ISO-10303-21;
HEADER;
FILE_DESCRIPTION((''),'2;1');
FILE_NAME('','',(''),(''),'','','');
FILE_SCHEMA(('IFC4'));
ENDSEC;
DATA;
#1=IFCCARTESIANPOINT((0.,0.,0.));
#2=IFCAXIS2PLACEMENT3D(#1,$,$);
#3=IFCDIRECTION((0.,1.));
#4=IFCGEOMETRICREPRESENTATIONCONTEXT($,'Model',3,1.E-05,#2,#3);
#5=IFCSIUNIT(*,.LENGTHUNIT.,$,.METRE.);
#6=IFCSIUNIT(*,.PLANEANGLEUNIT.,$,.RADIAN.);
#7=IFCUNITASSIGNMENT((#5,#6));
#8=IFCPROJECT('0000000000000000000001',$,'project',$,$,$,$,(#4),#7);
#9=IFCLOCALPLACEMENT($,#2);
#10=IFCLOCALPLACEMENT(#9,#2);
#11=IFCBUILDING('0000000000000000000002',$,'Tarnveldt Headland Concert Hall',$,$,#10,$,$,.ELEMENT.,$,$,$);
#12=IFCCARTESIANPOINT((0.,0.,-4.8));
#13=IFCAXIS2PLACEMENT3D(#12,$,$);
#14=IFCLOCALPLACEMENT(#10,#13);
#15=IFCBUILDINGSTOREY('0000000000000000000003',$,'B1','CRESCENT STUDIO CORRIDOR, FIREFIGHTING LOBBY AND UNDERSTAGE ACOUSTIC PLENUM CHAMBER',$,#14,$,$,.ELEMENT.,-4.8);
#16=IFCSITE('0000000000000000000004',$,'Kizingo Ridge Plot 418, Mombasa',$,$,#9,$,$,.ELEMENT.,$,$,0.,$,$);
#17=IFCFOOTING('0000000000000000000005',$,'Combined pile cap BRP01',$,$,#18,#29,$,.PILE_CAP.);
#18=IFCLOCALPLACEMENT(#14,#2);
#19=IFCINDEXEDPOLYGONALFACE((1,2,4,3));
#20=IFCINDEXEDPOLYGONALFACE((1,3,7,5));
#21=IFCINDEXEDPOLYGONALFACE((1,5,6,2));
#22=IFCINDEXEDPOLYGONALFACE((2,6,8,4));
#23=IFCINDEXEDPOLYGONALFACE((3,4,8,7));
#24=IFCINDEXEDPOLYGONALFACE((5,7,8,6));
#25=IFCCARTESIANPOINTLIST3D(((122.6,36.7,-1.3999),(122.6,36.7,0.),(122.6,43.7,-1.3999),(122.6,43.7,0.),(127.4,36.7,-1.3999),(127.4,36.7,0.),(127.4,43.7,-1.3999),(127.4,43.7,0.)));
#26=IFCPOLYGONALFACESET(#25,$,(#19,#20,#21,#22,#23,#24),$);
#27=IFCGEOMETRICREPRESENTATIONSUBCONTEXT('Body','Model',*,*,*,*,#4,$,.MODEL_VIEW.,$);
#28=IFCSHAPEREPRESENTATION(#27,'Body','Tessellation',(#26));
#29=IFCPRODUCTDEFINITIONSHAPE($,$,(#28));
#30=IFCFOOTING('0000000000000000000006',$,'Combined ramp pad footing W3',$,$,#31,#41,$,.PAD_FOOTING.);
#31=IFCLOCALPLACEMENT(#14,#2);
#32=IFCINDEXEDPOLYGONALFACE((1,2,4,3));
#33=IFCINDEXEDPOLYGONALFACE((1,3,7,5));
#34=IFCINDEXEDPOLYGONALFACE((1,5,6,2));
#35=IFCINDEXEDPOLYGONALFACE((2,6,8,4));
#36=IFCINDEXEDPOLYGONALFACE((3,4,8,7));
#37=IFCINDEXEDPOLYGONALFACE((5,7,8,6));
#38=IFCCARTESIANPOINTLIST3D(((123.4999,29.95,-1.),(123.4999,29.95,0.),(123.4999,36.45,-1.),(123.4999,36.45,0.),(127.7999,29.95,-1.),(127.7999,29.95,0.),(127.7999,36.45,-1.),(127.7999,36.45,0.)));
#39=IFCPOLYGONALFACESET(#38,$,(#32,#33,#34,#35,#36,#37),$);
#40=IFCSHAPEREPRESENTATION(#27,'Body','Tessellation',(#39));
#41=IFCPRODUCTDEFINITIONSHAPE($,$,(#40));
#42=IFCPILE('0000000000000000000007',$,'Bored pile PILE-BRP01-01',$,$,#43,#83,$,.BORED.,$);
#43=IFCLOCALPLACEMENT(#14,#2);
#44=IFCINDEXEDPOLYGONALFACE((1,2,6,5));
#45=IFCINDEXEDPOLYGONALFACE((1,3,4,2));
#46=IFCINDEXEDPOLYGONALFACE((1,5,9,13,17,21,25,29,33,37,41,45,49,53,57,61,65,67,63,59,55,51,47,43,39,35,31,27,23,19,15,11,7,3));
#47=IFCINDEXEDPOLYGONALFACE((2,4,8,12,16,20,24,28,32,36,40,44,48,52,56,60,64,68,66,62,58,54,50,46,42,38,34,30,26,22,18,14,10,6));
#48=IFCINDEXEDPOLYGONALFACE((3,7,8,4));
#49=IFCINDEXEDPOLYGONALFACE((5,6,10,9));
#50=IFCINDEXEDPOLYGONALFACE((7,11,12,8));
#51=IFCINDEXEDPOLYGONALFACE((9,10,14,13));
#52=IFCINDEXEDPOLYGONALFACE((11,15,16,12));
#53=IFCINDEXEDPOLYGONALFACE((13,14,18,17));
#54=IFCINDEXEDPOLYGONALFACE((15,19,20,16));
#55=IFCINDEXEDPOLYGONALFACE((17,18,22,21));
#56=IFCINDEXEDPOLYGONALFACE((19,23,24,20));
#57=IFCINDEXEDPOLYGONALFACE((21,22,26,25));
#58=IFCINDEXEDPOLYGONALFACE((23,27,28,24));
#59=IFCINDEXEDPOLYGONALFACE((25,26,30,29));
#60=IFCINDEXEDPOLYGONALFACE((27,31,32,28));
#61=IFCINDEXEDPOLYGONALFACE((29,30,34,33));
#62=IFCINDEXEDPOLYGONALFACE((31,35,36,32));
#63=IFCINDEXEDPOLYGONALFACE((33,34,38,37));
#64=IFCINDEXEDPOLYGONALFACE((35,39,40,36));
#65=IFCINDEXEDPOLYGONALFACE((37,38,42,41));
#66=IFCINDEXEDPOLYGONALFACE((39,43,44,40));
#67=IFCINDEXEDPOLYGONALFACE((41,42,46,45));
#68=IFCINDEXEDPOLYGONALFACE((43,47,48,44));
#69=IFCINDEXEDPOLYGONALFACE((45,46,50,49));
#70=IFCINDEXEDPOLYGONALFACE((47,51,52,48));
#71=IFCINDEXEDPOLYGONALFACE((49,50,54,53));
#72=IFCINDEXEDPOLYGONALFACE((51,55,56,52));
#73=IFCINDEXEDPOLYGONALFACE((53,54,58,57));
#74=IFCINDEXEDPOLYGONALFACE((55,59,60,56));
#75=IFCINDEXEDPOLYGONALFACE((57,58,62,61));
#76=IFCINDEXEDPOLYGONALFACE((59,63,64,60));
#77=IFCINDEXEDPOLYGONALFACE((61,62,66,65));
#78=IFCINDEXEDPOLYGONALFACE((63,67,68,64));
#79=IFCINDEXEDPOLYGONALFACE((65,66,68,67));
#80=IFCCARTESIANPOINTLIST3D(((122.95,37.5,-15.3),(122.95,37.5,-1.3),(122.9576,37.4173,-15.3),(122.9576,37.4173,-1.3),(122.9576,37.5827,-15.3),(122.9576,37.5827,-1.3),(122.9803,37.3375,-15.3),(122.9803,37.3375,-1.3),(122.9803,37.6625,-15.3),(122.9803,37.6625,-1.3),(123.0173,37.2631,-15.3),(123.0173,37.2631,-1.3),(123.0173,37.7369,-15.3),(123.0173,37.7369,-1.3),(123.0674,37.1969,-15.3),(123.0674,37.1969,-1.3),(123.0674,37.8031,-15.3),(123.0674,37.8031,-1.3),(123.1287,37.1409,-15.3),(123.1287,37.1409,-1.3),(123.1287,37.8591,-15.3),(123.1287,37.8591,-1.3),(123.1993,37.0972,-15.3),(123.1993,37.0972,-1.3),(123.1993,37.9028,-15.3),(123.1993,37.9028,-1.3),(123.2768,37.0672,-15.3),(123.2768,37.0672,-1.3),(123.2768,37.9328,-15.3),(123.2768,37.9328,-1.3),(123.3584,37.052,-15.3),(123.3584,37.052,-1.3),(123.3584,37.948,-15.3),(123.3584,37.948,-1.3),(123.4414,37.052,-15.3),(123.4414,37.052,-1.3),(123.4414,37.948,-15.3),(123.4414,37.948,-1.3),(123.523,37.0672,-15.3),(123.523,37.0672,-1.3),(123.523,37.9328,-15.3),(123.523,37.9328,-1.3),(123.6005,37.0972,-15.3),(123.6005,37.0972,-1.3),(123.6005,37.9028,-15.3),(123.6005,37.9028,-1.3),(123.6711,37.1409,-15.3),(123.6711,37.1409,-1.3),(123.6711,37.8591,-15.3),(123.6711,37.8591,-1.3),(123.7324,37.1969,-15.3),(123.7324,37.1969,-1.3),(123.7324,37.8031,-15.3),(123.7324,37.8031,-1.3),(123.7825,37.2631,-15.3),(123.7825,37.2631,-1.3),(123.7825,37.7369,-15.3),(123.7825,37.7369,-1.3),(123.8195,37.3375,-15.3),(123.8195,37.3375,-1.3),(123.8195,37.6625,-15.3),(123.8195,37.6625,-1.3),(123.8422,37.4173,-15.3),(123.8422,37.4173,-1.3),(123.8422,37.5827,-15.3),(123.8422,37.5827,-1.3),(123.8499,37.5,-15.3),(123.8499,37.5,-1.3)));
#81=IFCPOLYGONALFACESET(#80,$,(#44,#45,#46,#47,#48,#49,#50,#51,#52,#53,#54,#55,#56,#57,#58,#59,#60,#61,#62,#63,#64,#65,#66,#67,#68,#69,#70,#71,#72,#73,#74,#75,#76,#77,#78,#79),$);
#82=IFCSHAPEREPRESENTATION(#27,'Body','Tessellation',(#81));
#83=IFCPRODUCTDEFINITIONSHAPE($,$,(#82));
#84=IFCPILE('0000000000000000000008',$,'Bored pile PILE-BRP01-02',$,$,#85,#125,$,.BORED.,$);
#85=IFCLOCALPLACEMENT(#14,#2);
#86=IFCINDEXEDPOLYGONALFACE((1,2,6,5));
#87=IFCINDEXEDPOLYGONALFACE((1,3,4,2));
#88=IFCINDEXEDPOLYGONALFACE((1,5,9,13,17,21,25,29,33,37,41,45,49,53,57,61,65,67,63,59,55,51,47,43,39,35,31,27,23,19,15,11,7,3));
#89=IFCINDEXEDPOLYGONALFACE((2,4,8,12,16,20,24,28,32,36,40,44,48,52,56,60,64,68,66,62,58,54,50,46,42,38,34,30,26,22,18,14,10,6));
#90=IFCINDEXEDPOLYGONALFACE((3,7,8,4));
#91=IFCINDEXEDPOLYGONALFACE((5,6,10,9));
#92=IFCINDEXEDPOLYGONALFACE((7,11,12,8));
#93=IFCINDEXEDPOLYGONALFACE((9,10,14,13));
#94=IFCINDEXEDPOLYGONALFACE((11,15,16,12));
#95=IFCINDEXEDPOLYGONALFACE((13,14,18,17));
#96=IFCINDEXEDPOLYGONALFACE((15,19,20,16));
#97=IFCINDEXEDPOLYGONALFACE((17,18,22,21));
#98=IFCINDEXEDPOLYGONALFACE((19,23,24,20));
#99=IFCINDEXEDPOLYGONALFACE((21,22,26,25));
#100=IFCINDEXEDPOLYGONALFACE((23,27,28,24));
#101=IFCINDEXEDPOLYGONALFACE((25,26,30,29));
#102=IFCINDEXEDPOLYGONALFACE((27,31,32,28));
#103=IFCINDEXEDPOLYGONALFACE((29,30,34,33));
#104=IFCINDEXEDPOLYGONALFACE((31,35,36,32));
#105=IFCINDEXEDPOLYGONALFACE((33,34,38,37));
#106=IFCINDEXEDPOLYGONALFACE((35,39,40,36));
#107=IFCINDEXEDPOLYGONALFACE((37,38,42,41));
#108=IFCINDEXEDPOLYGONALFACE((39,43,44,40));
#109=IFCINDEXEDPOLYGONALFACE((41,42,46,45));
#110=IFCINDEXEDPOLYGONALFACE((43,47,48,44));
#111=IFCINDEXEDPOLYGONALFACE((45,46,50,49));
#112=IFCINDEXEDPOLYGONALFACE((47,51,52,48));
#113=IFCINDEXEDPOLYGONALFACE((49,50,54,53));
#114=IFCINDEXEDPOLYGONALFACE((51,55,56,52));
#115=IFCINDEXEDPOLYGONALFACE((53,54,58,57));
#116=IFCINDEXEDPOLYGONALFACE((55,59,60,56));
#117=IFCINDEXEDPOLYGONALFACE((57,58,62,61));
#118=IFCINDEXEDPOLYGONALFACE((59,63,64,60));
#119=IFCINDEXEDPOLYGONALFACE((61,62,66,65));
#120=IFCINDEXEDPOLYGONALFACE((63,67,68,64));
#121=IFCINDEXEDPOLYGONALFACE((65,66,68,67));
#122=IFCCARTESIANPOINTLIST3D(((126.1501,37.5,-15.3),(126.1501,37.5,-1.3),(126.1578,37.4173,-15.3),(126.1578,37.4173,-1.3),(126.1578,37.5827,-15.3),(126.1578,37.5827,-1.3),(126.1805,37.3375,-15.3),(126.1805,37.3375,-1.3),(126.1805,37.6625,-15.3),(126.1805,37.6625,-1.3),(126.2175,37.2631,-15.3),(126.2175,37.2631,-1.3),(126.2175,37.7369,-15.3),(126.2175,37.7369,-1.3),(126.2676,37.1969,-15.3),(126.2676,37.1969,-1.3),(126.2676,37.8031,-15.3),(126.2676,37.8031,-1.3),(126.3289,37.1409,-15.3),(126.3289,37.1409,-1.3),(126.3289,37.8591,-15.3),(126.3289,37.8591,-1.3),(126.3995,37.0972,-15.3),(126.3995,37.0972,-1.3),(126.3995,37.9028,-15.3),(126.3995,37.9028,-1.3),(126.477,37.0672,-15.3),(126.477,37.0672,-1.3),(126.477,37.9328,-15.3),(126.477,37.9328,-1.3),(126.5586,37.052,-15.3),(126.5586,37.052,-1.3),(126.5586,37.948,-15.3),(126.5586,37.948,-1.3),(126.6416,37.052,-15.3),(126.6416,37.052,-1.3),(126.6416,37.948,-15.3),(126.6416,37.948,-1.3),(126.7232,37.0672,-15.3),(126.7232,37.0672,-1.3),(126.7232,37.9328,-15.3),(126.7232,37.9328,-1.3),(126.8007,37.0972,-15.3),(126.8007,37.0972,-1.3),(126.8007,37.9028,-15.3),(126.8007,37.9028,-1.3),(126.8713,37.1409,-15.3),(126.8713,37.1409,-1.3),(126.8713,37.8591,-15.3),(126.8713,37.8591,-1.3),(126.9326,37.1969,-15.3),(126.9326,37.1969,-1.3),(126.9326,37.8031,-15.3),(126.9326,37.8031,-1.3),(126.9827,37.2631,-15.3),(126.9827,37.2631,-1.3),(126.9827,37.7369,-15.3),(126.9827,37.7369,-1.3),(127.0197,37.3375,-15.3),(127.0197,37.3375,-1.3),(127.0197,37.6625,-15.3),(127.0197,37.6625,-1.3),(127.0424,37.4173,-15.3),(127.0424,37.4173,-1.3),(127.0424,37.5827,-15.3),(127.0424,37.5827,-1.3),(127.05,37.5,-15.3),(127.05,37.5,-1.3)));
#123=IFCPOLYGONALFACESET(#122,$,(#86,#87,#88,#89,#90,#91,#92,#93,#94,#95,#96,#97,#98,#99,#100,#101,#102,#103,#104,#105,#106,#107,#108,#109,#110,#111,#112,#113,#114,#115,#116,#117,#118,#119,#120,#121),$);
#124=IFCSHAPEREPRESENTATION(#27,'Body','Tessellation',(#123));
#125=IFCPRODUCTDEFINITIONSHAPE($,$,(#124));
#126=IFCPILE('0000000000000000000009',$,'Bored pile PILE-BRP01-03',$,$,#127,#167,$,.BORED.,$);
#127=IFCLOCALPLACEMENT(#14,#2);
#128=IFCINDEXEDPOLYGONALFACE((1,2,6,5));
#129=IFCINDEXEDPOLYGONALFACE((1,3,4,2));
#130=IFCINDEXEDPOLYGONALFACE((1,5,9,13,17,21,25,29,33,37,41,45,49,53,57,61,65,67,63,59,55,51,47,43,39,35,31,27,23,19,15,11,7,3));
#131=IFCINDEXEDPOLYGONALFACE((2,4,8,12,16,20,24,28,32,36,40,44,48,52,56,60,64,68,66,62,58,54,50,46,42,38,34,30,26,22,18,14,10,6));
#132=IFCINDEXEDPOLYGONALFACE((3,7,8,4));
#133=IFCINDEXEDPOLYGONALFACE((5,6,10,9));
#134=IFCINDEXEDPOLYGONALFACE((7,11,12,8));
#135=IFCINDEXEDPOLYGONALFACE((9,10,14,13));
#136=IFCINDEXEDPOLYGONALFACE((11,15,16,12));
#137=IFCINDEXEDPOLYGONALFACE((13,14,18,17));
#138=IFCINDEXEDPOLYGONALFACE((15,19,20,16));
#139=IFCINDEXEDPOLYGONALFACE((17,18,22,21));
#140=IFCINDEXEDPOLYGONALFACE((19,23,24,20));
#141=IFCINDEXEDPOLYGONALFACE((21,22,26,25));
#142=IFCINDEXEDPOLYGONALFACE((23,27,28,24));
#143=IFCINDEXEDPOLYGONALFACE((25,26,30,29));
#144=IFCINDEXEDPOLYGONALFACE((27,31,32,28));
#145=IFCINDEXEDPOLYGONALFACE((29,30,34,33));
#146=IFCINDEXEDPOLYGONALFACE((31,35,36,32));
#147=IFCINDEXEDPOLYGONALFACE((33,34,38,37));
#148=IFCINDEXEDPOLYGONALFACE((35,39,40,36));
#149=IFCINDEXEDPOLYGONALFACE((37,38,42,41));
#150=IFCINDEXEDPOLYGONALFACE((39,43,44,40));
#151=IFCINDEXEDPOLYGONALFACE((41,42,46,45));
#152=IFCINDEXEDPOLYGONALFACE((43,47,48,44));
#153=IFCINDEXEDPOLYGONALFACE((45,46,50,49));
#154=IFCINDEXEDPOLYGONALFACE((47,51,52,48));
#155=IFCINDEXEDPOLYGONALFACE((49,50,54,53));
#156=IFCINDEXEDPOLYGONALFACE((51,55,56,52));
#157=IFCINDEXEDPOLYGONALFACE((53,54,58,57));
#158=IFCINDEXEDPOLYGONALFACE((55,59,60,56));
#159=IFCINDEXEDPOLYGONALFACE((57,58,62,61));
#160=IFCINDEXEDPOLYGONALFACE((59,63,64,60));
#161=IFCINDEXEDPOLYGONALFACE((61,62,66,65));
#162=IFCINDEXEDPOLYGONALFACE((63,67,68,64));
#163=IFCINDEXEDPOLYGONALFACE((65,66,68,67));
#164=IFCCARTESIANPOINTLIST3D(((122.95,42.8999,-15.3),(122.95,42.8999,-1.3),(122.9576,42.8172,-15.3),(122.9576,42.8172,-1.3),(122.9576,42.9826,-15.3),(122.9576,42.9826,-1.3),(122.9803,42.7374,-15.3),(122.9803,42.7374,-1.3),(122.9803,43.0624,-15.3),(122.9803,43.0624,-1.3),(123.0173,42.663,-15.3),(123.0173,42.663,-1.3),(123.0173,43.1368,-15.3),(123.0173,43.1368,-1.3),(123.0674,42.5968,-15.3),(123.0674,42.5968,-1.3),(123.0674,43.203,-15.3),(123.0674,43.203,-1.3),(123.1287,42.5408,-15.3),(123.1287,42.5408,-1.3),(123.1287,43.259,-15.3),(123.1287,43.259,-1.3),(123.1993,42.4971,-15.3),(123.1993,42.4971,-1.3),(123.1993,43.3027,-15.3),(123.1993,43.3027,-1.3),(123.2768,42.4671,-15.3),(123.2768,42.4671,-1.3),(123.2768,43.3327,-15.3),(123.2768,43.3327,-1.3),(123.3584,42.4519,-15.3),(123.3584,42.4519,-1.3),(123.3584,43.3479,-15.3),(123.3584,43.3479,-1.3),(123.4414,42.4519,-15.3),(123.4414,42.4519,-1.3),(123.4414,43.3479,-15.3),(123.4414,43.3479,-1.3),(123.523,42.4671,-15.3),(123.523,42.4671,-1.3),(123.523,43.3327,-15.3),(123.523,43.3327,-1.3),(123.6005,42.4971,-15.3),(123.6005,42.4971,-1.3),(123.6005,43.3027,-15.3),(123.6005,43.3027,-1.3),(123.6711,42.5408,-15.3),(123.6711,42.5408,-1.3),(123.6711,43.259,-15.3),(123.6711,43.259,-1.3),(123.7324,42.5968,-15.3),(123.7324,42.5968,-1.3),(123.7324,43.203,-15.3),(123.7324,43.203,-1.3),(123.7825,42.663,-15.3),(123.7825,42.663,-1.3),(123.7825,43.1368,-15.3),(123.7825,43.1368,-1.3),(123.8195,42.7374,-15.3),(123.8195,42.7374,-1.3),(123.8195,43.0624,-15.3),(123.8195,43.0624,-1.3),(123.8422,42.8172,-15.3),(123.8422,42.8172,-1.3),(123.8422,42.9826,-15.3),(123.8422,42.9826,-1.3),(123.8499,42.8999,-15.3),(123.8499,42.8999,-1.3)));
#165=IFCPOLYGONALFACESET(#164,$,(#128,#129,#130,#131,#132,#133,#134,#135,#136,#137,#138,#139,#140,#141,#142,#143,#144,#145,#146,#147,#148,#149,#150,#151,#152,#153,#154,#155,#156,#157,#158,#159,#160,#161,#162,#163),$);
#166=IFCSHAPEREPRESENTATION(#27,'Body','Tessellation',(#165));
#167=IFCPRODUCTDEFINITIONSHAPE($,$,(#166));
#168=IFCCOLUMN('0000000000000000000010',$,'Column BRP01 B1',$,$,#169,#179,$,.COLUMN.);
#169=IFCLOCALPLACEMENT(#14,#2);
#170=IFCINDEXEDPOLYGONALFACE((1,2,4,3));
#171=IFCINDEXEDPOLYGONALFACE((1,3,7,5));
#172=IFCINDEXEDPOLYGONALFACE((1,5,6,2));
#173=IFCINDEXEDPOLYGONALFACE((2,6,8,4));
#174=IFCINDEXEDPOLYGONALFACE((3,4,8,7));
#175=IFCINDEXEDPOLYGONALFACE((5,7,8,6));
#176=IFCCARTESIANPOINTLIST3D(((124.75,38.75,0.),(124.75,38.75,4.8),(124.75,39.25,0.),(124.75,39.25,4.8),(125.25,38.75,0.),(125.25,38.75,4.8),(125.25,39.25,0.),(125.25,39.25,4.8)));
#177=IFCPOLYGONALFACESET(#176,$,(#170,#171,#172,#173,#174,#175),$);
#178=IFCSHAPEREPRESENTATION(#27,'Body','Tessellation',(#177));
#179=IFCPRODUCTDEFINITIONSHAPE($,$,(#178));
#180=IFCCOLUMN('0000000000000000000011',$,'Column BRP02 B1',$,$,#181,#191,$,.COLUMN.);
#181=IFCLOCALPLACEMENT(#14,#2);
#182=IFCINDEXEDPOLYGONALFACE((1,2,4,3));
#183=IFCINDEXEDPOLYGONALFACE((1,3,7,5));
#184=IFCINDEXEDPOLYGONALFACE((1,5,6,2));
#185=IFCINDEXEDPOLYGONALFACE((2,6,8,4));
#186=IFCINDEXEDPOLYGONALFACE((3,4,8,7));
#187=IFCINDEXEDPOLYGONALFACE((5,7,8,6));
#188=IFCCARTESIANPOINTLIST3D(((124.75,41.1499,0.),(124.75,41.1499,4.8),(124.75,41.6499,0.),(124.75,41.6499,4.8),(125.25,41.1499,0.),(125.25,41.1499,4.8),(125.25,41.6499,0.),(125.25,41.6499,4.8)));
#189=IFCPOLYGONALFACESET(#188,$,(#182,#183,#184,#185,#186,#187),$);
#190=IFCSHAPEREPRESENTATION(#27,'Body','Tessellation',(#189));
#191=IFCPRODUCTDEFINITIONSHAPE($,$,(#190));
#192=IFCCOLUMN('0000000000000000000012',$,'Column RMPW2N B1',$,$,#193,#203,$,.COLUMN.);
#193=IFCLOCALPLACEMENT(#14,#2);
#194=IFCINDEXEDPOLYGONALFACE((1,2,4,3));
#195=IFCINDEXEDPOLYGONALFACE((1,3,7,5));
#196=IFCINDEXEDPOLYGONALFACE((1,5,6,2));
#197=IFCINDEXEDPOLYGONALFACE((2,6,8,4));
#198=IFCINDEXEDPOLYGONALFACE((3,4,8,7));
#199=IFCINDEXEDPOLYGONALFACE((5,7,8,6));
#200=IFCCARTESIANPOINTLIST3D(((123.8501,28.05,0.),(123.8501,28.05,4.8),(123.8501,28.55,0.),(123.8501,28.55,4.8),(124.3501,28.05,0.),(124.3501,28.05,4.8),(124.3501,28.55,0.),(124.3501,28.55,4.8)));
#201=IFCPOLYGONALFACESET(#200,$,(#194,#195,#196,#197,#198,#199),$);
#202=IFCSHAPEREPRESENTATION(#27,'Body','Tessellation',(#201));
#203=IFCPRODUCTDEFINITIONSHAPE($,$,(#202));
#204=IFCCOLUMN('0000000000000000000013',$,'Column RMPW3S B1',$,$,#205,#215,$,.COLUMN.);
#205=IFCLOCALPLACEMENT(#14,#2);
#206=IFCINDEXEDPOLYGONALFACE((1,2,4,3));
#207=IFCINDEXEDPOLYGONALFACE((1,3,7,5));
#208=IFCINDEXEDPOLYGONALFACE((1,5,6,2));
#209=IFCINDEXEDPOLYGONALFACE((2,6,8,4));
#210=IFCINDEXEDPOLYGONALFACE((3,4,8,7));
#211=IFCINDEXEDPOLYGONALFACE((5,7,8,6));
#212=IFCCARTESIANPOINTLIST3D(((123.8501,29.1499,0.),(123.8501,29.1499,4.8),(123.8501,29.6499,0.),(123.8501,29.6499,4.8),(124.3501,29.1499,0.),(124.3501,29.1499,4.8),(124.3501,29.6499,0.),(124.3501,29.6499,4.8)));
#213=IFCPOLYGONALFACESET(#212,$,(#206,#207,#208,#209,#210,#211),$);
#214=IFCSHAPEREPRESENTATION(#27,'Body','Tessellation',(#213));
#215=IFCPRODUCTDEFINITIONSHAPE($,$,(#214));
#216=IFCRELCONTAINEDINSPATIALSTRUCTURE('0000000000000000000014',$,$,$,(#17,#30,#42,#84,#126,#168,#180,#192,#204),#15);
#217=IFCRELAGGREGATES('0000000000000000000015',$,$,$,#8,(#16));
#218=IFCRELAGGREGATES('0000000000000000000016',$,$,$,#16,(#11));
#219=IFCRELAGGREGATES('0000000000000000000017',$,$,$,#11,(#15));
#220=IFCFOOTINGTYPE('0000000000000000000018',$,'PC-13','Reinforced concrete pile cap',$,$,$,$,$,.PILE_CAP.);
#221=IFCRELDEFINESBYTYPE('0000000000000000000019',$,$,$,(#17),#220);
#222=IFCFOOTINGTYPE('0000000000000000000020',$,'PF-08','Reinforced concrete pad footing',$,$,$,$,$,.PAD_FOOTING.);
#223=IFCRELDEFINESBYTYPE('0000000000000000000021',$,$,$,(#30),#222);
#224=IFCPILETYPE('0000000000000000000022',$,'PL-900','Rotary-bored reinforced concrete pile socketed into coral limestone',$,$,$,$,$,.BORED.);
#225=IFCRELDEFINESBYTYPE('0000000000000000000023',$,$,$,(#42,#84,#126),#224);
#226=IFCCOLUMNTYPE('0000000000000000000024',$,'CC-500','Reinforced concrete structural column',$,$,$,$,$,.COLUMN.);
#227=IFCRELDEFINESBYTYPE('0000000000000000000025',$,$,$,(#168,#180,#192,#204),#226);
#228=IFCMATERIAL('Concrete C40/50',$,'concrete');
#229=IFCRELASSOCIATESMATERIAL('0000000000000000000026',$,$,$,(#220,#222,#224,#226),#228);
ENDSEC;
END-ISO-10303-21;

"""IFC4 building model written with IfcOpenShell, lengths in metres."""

from ifc_helpers import new_model, si_unit, direction, frame, origin, origin_2d, place, context, subcontext, project, spatial, rectangle, circle, extrude, material, material_profile, profile_set, type_object, element, save


model = new_model("IFC4")

# Units and contexts
model_context = context("Model", 3, precision=1e-05, world=origin(), true_north=direction((0.0, 1.0)))
body_context = subcontext(model_context, "Body", "Model", "MODEL_VIEW")
ifc_project = project(units=[si_unit("LENGTHUNIT", "METRE"), si_unit("PLANEANGLEUNIT", "RADIAN")], contexts=[model_context])

# Site, building, storey
site_placement = place(None, origin())
site = spatial("IfcSite", under=ifc_project, at=site_placement, Name="Kizingo Ridge Plot 418, Mombasa", CompositionType="ELEMENT", RefElevation=0.0)
building_placement = place(site_placement, origin())
building = spatial("IfcBuilding", under=site, at=building_placement, Name="Tarnveldt Headland Concert Hall", CompositionType="ELEMENT")
storey_placement = place(building_placement, frame((0.0, 0.0, -4.8)))
storey = spatial("IfcBuildingStorey", under=building, at=storey_placement, Name="B1", Description="CRESCENT STUDIO CORRIDOR, FIREFIGHTING LOBBY AND UNDERSTAGE ACOUSTIC PLENUM CHAMBER", CompositionType="ELEMENT", Elevation=-4.8)

# Footings
ifc_material_1 = material(Name="Concrete C40/50", Category="concrete")
footing_type_1 = type_object("IfcFootingType", Name="PC-13", Description="Reinforced concrete pile cap", PredefinedType="PILE_CAP", material=ifc_material_1)
footing_1_placement = place(storey_placement, frame((125.0, 40.2, -1.3999), z_axis=(0.0, 0.0, 1.0), x_axis=(1.0, 0.0, 0.0)))
element("IfcFooting", 1, at=footing_1_placement, inside=storey, type_object=footing_type_1, Name="Combined pile cap BRP01", PredefinedType="PILE_CAP", context=body_context, shape_type="SweptSolid", body=[
    extrude(rectangle(XDim=4.8, YDim=7.0, at=origin_2d()), origin(), (0.0, 0.0, 1.0), 1.3999),
])
footing_type_2 = type_object("IfcFootingType", Name="PF-08", Description="Reinforced concrete pad footing", PredefinedType="PAD_FOOTING", material=ifc_material_1)
footing_2_placement = place(storey_placement, frame((125.6499, 33.2, -1.0), z_axis=(0.0, 0.0, 1.0), x_axis=(1.0, 0.0, 0.0)))
element("IfcFooting", 2, at=footing_2_placement, inside=storey, type_object=footing_type_2, Name="Combined ramp pad footing W3", PredefinedType="PAD_FOOTING", context=body_context, shape_type="SweptSolid", body=[
    extrude(rectangle(XDim=4.3, YDim=6.5, at=origin_2d()), origin(), (0.0, 0.0, 1.0), 1.0),
])

# Piles
ifc_material_profile_1 = material_profile(ifc_material_1, circle(Radius=0.45, at=origin_2d()), Name="BORED PILE D900", Category="concrete")
ifc_profile_set_1 = profile_set([ifc_material_profile_1], Name="Concrete C40/50")
pile_type = type_object("IfcPileType", Name="PL-900", Description="Rotary-bored reinforced concrete pile socketed into coral limestone", PredefinedType="BORED", material=ifc_profile_set_1)
for number, where, z_axis, x_axis, name in (
    (3, (123.3999, 37.5, -1.3), (0.0, 0.0, -1.0), (1.0, 0.0, 0.0), "Bored pile PILE-BRP01-01"),
    (4, (126.6001, 37.5, -1.3), (0.0, 0.0, -1.0), (1.0, 0.0, 0.0), "Bored pile PILE-BRP01-02"),
    (5, (123.3999, 42.8999, -1.3), (0.0, 0.0, -1.0), (1.0, 0.0, 0.0), "Bored pile PILE-BRP01-03"),
):
    element("IfcPile", number, at=place(storey_placement, frame(where, z_axis=z_axis, x_axis=x_axis)), inside=storey, type_object=pile_type, Name=name, PredefinedType="BORED", context=body_context, shape_type="SweptSolid", body=[
        extrude(circle(Radius=0.45, at=origin_2d()), origin(), (0.0, 0.0, 1.0), 14.0),
    ])

# Columns
ifc_material_profile_2 = material_profile(ifc_material_1, rectangle(XDim=0.5, YDim=0.5, at=origin_2d()), Name="RC 500x500", Category="concrete")
ifc_profile_set_2 = profile_set([ifc_material_profile_2], Name="Concrete C40/50")
column_type = type_object("IfcColumnType", Name="CC-500", Description="Reinforced concrete structural column", PredefinedType="COLUMN", material=ifc_profile_set_2)
for number, where, z_axis, x_axis, name in (
    (6, (125.0, 39.0, 0.0), (0.0, 0.0, 1.0), (1.0, 0.0, 0.0), "Column BRP01 B1"),
    (7, (125.0, 41.3999, 0.0), (0.0, 0.0, 1.0), (1.0, 0.0, 0.0), "Column BRP02 B1"),
    (8, (124.1001, 28.3, 0.0), (0.0, 0.0, 1.0), (1.0, 0.0, 0.0), "Column RMPW2N B1"),
    (9, (124.1001, 29.3999, 0.0), (0.0, 0.0, 1.0), (1.0, 0.0, 0.0), "Column RMPW3S B1"),
):
    element("IfcColumn", number, at=place(storey_placement, frame(where, z_axis=z_axis, x_axis=x_axis)), inside=storey, type_object=column_type, Name=name, PredefinedType="COLUMN", context=body_context, shape_type="SweptSolid", body=[
        extrude(rectangle(XDim=0.5, YDim=0.5, at=origin_2d()), origin(), (0.0, 0.0, 1.0), 4.8),
    ])

save(model, "model.ifc")
